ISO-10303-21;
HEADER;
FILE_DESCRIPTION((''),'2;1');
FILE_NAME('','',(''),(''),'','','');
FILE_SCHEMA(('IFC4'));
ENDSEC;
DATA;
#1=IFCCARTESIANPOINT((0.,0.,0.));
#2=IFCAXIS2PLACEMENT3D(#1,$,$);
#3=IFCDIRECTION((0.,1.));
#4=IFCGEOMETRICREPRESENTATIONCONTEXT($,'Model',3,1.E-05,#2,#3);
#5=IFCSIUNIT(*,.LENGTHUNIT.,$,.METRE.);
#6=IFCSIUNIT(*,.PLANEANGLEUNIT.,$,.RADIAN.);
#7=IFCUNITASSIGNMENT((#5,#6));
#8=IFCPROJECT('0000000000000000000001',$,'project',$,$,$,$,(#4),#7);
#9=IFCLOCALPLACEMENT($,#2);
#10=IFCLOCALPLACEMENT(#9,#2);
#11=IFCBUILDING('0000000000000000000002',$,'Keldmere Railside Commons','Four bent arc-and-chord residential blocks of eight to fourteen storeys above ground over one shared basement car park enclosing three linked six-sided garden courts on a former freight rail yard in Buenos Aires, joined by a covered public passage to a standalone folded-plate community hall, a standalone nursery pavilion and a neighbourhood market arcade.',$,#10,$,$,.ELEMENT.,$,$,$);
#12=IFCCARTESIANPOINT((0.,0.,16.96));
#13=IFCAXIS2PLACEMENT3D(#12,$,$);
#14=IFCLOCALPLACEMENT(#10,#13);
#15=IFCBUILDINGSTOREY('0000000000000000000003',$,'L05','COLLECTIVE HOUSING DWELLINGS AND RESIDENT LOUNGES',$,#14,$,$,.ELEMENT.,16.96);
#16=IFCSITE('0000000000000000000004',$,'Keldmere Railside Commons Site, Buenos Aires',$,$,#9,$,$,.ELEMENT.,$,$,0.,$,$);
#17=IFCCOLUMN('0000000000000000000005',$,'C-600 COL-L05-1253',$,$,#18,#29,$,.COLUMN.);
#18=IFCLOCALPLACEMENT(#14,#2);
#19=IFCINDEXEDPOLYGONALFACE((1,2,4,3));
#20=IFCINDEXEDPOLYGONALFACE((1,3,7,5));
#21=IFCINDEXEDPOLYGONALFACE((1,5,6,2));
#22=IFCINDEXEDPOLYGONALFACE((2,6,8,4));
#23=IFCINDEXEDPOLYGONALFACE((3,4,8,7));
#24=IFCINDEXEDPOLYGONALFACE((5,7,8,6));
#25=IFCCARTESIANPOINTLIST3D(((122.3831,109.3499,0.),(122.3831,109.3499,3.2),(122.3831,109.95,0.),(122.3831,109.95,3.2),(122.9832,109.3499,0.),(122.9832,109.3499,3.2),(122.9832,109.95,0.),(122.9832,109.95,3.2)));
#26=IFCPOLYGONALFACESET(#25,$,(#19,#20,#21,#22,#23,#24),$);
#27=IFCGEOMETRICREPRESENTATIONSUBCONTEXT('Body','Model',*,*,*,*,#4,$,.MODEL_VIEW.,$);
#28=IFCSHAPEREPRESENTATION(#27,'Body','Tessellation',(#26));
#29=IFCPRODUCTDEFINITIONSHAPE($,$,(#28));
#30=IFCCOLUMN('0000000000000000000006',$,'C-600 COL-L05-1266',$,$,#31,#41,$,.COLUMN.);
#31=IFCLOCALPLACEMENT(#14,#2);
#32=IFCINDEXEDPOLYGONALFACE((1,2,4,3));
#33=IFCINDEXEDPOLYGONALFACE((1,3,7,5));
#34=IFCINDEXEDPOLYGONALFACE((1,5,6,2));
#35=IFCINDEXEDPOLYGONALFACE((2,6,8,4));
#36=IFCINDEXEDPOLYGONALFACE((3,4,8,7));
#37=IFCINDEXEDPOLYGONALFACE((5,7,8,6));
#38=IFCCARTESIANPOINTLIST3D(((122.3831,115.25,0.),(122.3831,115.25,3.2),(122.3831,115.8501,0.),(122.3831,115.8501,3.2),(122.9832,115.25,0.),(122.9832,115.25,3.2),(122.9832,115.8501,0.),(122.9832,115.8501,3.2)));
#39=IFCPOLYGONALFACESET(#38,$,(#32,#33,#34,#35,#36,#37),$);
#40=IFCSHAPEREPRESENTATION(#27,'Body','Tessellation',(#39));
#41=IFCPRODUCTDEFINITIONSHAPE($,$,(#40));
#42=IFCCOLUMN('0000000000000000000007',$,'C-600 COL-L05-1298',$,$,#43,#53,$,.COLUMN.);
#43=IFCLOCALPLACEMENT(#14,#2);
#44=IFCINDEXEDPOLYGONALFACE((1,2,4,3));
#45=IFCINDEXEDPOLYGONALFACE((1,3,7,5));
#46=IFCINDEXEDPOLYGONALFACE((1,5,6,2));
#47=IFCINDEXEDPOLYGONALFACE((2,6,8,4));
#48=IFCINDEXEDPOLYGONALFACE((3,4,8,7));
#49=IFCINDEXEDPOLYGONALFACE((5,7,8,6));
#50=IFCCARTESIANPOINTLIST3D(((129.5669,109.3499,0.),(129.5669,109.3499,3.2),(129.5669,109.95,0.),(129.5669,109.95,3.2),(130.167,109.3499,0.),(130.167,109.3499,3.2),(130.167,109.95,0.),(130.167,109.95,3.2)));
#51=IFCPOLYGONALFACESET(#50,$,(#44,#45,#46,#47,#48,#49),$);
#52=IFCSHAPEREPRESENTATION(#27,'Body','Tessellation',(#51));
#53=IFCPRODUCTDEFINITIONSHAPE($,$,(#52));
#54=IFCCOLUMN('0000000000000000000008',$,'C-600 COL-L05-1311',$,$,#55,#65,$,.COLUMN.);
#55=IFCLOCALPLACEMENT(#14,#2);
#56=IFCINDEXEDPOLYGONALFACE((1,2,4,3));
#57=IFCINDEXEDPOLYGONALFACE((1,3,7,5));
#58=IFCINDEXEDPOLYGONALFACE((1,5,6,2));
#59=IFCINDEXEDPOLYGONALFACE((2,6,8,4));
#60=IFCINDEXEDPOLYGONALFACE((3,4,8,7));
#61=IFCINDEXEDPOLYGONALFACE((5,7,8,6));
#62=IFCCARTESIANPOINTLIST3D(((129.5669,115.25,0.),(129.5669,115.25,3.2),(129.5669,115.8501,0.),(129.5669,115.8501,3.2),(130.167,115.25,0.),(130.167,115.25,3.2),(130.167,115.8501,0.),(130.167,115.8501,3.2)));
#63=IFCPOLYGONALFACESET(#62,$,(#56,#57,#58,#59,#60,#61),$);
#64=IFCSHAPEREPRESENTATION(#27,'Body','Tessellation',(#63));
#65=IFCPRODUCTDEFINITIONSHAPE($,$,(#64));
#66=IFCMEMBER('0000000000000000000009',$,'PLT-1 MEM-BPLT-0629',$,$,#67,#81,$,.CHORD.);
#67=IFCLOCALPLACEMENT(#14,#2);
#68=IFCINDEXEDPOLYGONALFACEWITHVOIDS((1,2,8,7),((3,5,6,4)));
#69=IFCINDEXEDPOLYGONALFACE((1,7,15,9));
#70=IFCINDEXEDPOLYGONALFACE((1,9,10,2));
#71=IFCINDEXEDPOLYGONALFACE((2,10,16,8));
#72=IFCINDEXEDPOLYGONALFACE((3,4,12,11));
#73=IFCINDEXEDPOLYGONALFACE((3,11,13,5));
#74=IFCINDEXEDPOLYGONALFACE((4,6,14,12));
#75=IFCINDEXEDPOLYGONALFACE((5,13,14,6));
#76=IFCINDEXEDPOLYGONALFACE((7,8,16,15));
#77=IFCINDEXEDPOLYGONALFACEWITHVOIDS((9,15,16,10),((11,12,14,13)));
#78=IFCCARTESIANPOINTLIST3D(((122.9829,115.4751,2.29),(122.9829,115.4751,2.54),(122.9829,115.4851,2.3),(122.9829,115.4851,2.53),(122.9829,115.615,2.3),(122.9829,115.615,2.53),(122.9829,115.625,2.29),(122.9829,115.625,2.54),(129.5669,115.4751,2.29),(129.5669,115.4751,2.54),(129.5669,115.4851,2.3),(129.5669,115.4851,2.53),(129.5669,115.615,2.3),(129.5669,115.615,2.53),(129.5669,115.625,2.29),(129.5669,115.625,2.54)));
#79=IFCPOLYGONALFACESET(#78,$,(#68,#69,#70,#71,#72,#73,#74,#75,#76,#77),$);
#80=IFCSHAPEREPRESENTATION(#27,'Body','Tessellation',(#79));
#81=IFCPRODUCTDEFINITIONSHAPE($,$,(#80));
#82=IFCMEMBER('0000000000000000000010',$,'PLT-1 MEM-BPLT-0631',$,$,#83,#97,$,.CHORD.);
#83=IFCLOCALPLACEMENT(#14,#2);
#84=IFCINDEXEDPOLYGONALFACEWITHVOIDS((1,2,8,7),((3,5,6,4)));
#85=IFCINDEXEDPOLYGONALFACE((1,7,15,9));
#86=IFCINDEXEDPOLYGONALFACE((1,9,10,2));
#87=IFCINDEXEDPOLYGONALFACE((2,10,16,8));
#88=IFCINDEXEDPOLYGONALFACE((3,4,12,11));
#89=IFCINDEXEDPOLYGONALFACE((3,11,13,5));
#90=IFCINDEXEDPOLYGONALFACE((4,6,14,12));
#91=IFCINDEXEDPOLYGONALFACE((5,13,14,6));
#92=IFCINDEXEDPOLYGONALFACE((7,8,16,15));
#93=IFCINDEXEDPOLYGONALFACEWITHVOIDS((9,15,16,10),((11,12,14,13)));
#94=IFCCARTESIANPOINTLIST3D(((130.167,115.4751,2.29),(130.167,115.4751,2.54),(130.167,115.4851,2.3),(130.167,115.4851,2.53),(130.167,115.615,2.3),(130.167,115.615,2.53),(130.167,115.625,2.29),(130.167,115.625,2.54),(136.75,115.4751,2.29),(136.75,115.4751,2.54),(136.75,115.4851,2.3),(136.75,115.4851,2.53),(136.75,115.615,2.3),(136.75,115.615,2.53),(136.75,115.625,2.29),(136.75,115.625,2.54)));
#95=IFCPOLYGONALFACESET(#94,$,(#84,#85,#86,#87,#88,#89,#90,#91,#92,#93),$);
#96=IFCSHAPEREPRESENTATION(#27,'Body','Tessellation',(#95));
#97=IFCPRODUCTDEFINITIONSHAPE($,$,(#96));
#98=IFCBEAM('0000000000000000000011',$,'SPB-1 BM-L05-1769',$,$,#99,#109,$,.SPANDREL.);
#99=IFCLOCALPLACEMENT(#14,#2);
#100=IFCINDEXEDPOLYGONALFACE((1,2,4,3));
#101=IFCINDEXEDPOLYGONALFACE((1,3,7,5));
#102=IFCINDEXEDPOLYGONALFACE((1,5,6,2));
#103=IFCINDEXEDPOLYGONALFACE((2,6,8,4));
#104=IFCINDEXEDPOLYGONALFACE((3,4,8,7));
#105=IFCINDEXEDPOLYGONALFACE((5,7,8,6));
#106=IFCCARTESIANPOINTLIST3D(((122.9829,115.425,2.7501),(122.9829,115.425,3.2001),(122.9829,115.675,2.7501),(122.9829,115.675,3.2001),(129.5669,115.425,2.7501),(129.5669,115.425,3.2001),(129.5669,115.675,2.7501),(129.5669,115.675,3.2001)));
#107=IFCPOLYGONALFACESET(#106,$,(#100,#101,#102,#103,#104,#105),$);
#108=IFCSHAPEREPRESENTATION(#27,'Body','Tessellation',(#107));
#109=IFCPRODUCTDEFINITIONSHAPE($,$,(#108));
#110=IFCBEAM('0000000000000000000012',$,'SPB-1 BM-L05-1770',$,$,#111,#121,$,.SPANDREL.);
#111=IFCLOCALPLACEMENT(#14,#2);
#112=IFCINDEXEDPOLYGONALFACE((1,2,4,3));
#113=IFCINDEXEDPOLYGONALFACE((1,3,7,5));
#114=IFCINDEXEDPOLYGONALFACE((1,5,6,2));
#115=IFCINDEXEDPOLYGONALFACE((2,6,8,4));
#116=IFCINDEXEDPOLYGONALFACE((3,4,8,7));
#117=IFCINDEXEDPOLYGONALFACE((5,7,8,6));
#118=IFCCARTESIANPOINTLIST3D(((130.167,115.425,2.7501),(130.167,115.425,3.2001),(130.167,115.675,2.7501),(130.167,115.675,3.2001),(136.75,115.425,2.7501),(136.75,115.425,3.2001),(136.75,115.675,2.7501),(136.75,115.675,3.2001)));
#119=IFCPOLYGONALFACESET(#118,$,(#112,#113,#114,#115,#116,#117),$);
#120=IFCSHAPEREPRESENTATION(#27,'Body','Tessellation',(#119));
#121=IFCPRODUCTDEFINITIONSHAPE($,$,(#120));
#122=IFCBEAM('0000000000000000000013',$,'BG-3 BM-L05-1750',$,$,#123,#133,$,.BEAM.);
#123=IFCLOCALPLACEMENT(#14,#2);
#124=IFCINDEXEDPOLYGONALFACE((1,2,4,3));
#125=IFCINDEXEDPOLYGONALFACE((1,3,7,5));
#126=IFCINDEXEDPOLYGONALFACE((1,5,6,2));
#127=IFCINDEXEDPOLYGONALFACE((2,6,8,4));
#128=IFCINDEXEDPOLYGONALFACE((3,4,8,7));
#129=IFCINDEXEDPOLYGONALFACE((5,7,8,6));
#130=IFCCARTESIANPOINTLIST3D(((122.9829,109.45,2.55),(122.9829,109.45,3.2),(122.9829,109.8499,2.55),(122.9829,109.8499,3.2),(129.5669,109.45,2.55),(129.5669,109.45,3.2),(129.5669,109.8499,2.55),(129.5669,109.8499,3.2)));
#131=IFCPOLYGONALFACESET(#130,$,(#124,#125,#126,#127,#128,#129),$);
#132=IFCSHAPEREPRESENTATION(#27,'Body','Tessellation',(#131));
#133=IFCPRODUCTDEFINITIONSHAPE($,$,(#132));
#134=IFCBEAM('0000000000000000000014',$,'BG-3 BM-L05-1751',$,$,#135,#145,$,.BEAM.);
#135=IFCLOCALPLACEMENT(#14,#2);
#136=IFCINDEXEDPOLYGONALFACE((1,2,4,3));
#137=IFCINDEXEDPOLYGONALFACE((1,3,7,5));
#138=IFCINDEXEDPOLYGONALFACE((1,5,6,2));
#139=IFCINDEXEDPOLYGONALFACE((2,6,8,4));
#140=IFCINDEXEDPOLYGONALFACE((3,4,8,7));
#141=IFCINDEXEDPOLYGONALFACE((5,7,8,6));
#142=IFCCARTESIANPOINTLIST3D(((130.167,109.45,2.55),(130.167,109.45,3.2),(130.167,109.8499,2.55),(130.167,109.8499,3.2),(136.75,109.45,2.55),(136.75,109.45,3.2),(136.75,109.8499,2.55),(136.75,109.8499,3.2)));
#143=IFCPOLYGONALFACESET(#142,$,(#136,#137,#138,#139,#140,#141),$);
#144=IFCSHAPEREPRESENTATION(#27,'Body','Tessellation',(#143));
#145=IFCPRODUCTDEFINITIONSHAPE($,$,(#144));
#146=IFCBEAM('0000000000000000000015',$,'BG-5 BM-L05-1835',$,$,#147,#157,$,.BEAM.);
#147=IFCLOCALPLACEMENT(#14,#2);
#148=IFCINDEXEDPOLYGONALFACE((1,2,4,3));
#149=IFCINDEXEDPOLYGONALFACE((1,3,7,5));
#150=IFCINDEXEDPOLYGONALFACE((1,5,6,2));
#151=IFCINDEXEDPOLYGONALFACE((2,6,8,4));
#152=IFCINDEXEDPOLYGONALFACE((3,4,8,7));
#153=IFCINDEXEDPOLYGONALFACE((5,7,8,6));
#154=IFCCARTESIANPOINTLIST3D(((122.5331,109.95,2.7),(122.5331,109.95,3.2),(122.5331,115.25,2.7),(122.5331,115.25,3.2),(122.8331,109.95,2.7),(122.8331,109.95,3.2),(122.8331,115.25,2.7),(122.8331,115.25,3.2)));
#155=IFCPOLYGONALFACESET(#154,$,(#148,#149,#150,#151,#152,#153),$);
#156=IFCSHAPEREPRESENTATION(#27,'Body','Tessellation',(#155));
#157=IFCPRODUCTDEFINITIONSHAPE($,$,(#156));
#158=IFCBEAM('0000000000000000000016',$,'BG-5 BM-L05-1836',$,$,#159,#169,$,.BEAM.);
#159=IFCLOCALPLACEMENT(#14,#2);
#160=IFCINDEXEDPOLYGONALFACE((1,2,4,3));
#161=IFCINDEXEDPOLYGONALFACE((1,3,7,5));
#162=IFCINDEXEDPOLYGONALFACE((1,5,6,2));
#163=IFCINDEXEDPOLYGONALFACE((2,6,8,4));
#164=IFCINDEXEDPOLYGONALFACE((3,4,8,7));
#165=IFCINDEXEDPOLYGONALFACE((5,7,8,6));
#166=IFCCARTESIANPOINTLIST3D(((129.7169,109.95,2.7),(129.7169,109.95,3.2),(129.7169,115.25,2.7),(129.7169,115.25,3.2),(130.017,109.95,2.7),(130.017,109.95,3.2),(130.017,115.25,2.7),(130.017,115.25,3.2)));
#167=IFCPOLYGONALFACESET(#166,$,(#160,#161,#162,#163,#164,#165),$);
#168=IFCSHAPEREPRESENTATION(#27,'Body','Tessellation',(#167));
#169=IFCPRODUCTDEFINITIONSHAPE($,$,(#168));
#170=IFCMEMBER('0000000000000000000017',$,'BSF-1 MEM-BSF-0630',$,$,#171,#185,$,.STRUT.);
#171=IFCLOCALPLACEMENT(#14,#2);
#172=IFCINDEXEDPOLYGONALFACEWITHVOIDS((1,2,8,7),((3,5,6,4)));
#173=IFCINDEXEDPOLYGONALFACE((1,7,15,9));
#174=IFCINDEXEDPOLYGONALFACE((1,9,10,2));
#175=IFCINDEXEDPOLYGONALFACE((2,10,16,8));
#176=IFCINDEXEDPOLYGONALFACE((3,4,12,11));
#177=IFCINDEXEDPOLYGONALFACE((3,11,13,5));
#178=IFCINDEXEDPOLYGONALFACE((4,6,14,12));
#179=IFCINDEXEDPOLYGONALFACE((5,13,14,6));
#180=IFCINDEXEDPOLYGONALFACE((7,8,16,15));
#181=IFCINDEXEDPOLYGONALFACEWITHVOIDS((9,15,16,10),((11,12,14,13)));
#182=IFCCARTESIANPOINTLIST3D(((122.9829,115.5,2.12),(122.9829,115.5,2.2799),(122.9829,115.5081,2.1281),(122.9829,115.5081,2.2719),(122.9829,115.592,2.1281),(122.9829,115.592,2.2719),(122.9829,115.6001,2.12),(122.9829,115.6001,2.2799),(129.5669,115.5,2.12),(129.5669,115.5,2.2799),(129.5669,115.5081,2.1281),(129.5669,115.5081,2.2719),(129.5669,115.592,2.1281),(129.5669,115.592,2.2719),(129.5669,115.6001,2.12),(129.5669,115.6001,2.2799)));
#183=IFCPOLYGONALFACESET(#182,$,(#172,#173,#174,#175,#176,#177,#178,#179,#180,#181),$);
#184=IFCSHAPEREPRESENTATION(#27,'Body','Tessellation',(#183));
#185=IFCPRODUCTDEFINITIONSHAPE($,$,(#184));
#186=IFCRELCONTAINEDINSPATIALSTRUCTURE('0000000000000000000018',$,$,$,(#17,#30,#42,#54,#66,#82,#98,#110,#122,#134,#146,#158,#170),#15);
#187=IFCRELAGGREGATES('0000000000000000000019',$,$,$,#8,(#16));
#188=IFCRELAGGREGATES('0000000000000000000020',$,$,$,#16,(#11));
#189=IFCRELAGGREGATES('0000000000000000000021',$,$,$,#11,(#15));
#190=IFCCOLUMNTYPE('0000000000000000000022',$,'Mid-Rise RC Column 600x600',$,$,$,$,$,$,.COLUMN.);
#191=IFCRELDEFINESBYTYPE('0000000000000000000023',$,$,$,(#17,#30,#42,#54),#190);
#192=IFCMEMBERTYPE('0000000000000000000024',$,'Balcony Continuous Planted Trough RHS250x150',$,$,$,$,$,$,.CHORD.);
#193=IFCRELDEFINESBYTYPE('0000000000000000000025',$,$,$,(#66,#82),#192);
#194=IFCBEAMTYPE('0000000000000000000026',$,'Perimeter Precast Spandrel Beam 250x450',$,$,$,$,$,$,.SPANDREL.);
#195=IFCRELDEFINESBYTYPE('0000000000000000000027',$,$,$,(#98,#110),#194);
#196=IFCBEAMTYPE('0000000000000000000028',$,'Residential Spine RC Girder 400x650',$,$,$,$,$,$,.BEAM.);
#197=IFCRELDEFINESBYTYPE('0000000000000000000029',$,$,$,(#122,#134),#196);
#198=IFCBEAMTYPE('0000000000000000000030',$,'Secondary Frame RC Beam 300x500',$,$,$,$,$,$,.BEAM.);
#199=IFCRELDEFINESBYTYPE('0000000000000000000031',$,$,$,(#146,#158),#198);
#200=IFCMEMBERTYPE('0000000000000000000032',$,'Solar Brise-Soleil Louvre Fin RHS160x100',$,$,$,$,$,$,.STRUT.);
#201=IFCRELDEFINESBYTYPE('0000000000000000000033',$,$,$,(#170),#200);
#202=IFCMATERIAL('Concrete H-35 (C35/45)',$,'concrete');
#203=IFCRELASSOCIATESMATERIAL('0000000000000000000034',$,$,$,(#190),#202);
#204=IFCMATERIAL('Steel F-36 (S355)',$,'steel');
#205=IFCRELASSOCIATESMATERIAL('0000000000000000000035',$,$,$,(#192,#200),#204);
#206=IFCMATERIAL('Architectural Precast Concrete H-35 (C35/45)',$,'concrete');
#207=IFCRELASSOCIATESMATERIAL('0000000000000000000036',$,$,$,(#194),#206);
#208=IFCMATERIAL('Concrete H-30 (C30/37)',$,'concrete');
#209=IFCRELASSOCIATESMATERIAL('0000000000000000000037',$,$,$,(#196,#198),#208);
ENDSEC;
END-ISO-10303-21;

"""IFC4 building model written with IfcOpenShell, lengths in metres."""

from ifc_helpers import new_model, si_unit, direction, frame, origin, origin_2d, place, context, subcontext, project, spatial, rectangle, hollow_rectangle, extrude, material, material_profile, profile_set, type_object, element, save


model = new_model("IFC4")

# Units and contexts
model_context = context("Model", 3, precision=1e-05, world=origin(), true_north=direction((0.0, 1.0)))
body_context = subcontext(model_context, "Body", "Model", "MODEL_VIEW")
ifc_project = project(units=[si_unit("LENGTHUNIT", "METRE"), si_unit("PLANEANGLEUNIT", "RADIAN")], contexts=[model_context])

# Site, building, storey
site_placement = place(None, origin())
site = spatial("IfcSite", under=ifc_project, at=site_placement, Name="Keldmere Railside Commons Site, Buenos Aires", CompositionType="ELEMENT", RefElevation=0.0)
building_placement = place(site_placement, origin())
building = spatial("IfcBuilding", under=site, at=building_placement, Name="Keldmere Railside Commons", Description="Four bent arc-and-chord residential blocks of eight to fourteen storeys above ground over one shared basement car park enclosing three linked six-sided garden courts on a former freight rail yard in Buenos Aires, joined by a covered public passage to a standalone folded-plate community hall, a standalone nursery pavilion and a neighbourhood market arcade.", CompositionType="ELEMENT")
storey_placement = place(building_placement, frame((0.0, 0.0, 16.96)))
storey = spatial("IfcBuildingStorey", under=building, at=storey_placement, Name="L05", Description="COLLECTIVE HOUSING DWELLINGS AND RESIDENT LOUNGES", CompositionType="ELEMENT", Elevation=16.96)

# Columns
ifc_material_1 = material(Name="Concrete H-35 (C35/45)", Category="concrete")
ifc_material_profile_1 = material_profile(ifc_material_1, rectangle(XDim=0.6001, YDim=0.6001, at=origin_2d()), Name="RC-600x600")
ifc_profile_set_1 = profile_set([ifc_material_profile_1], Name="Concrete H-35 (C35/45)")
column_type = type_object("IfcColumnType", Name="Mid-Rise RC Column 600x600", PredefinedType="COLUMN", material=ifc_profile_set_1)
for number, where, z_axis, x_axis, name in (
    (1, (122.6831, 109.6499, 0.0), (0.0, 0.0, 1.0), (1.0, 0.0, 0.0), "C-600 COL-L05-1253"),
    (2, (122.6831, 115.55, 0.0), (0.0, 0.0, 1.0), (1.0, 0.0, 0.0), "C-600 COL-L05-1266"),
    (3, (129.8669, 109.6499, 0.0), (0.0, 0.0, 1.0), (1.0, 0.0, 0.0), "C-600 COL-L05-1298"),
    (4, (129.8669, 115.55, 0.0), (0.0, 0.0, 1.0), (1.0, 0.0, 0.0), "C-600 COL-L05-1311"),
):
    element("IfcColumn", number, at=place(storey_placement, frame(where, z_axis=z_axis, x_axis=x_axis)), inside=storey, type_object=column_type, Name=name, PredefinedType="COLUMN", context=body_context, shape_type="SweptSolid", body=[
        extrude(rectangle(XDim=0.6001, YDim=0.6001, at=origin_2d()), origin(), (0.0, 0.0, 1.0), 3.2),
    ])

# Members
ifc_material_2 = material(Name="Steel F-36 (S355)", Category="steel")
ifc_material_profile_2 = material_profile(ifc_material_2, hollow_rectangle(XDim=0.1499, YDim=0.25, WallThickness=0.01, at=origin_2d()), Name="RHS-250x150x10")
ifc_profile_set_2 = profile_set([ifc_material_profile_2], Name="Steel F-36 (S355)")
member_type_1 = type_object("IfcMemberType", Name="Balcony Continuous Planted Trough RHS250x150", PredefinedType="CHORD", material=ifc_profile_set_2)
member_1_placement = place(storey_placement, frame((122.9829, 115.55, 2.415), z_axis=(1.0, 0.0, 0.0), x_axis=(0.0, 1.0, 0.0)))
element("IfcMember", 5, at=member_1_placement, inside=storey, type_object=member_type_1, Name="PLT-1 MEM-BPLT-0629", PredefinedType="CHORD", context=body_context, shape_type="SweptSolid", body=[
    extrude(hollow_rectangle(XDim=0.1499, YDim=0.25, WallThickness=0.01, at=origin_2d()), origin(), (0.0, 0.0, 1.0), 6.584),
])
member_2_placement = place(storey_placement, frame((130.167, 115.55, 2.415), z_axis=(1.0, 0.0, 0.0), x_axis=(0.0, 1.0, 0.0)))
element("IfcMember", 6, at=member_2_placement, inside=storey, type_object=member_type_1, Name="PLT-1 MEM-BPLT-0631", PredefinedType="CHORD", context=body_context, shape_type="SweptSolid", body=[
    extrude(hollow_rectangle(XDim=0.1499, YDim=0.25, WallThickness=0.01, at=origin_2d()), origin(), (0.0, 0.0, 1.0), 6.583),
])

# Beams
ifc_material_3 = material(Name="Architectural Precast Concrete H-35 (C35/45)", Category="concrete")
ifc_material_profile_3 = material_profile(ifc_material_3, rectangle(XDim=0.25, YDim=0.45, at=origin_2d()), Name="RC-250x450")
ifc_profile_set_3 = profile_set([ifc_material_profile_3], Name="Architectural Precast Concrete H-35 (C35/45)")
beam_type_1 = type_object("IfcBeamType", Name="Perimeter Precast Spandrel Beam 250x450", PredefinedType="SPANDREL", material=ifc_profile_set_3)
beam_1_placement = place(storey_placement, frame((122.9829, 115.55, 2.9751), z_axis=(1.0, 0.0, 0.0), x_axis=(0.0, 1.0, 0.0)))
element("IfcBeam", 7, at=beam_1_placement, inside=storey, type_object=beam_type_1, Name="SPB-1 BM-L05-1769", PredefinedType="SPANDREL", context=body_context, shape_type="SweptSolid", body=[
    extrude(rectangle(XDim=0.25, YDim=0.45, at=origin_2d()), origin(), (0.0, 0.0, 1.0), 6.584),
])
beam_2_placement = place(storey_placement, frame((130.167, 115.55, 2.9751), z_axis=(1.0, 0.0, 0.0), x_axis=(0.0, 1.0, 0.0)))
element("IfcBeam", 8, at=beam_2_placement, inside=storey, type_object=beam_type_1, Name="SPB-1 BM-L05-1770", PredefinedType="SPANDREL", context=body_context, shape_type="SweptSolid", body=[
    extrude(rectangle(XDim=0.25, YDim=0.45, at=origin_2d()), origin(), (0.0, 0.0, 1.0), 6.583),
])
ifc_material_4 = material(Name="Concrete H-30 (C30/37)", Category="concrete")
ifc_material_profile_4 = material_profile(ifc_material_4, rectangle(XDim=0.3999, YDim=0.6499, at=origin_2d()), Name="RC-400x650")
ifc_profile_set_4 = profile_set([ifc_material_profile_4], Name="Concrete H-30 (C30/37)")
beam_type_2 = type_object("IfcBeamType", Name="Residential Spine RC Girder 400x650", PredefinedType="BEAM", material=ifc_profile_set_4)
beam_3_placement = place(storey_placement, frame((122.9829, 109.6499, 2.875), z_axis=(1.0, 0.0, 0.0), x_axis=(0.0, 1.0, 0.0)))
element("IfcBeam", 9, at=beam_3_placement, inside=storey, type_object=beam_type_2, Name="BG-3 BM-L05-1750", PredefinedType="BEAM", context=body_context, shape_type="SweptSolid", body=[
    extrude(rectangle(XDim=0.3999, YDim=0.6499, at=origin_2d()), origin(), (0.0, 0.0, 1.0), 6.584),
])
beam_4_placement = place(storey_placement, frame((130.167, 109.6499, 2.875), z_axis=(1.0, 0.0, 0.0), x_axis=(0.0, 1.0, 0.0)))
element("IfcBeam", 10, at=beam_4_placement, inside=storey, type_object=beam_type_2, Name="BG-3 BM-L05-1751", PredefinedType="BEAM", context=body_context, shape_type="SweptSolid", body=[
    extrude(rectangle(XDim=0.3999, YDim=0.6499, at=origin_2d()), origin(), (0.0, 0.0, 1.0), 6.583),
])
ifc_material_profile_5 = material_profile(ifc_material_4, rectangle(XDim=0.3, YDim=0.5, at=origin_2d()), Name="RC-300x500")
ifc_profile_set_5 = profile_set([ifc_material_profile_5], Name="Concrete H-30 (C30/37)")
beam_type_3 = type_object("IfcBeamType", Name="Secondary Frame RC Beam 300x500", PredefinedType="BEAM", material=ifc_profile_set_5)
for number, where, z_axis, x_axis, name in (
    (11, (122.6831, 109.95, 2.95), (0.0, 1.0, 0.0), (-1.0, 0.0, 0.0), "BG-5 BM-L05-1835"),
    (12, (129.8669, 109.95, 2.95), (0.0, 1.0, 0.0), (-1.0, 0.0, 0.0), "BG-5 BM-L05-1836"),
):
    element("IfcBeam", number, at=place(storey_placement, frame(where, z_axis=z_axis, x_axis=x_axis)), inside=storey, type_object=beam_type_3, Name=name, PredefinedType="BEAM", context=body_context, shape_type="SweptSolid", body=[
        extrude(rectangle(XDim=0.3, YDim=0.5, at=origin_2d()), origin(), (0.0, 0.0, 1.0), 5.3),
    ])

# Member
ifc_material_profile_6 = material_profile(ifc_material_2, hollow_rectangle(XDim=0.1001, YDim=0.1599, WallThickness=0.0081, at=origin_2d()), Name="RHS-160x100x8")
ifc_profile_set_6 = profile_set([ifc_material_profile_6], Name="Steel F-36 (S355)")
member_type_2 = type_object("IfcMemberType", Name="Solar Brise-Soleil Louvre Fin RHS160x100", PredefinedType="STRUT", material=ifc_profile_set_6)
member_3_placement = place(storey_placement, frame((122.9829, 115.55, 2.2), z_axis=(1.0, 0.0, 0.0), x_axis=(0.0, 1.0, 0.0)))
element("IfcMember", 13, at=member_3_placement, inside=storey, type_object=member_type_2, Name="BSF-1 MEM-BSF-0630", PredefinedType="STRUT", context=body_context, shape_type="SweptSolid", body=[
    extrude(hollow_rectangle(XDim=0.1001, YDim=0.1599, WallThickness=0.0081, at=origin_2d()), origin(), (0.0, 0.0, 1.0), 6.584),
])

save(model, "model.ifc")
